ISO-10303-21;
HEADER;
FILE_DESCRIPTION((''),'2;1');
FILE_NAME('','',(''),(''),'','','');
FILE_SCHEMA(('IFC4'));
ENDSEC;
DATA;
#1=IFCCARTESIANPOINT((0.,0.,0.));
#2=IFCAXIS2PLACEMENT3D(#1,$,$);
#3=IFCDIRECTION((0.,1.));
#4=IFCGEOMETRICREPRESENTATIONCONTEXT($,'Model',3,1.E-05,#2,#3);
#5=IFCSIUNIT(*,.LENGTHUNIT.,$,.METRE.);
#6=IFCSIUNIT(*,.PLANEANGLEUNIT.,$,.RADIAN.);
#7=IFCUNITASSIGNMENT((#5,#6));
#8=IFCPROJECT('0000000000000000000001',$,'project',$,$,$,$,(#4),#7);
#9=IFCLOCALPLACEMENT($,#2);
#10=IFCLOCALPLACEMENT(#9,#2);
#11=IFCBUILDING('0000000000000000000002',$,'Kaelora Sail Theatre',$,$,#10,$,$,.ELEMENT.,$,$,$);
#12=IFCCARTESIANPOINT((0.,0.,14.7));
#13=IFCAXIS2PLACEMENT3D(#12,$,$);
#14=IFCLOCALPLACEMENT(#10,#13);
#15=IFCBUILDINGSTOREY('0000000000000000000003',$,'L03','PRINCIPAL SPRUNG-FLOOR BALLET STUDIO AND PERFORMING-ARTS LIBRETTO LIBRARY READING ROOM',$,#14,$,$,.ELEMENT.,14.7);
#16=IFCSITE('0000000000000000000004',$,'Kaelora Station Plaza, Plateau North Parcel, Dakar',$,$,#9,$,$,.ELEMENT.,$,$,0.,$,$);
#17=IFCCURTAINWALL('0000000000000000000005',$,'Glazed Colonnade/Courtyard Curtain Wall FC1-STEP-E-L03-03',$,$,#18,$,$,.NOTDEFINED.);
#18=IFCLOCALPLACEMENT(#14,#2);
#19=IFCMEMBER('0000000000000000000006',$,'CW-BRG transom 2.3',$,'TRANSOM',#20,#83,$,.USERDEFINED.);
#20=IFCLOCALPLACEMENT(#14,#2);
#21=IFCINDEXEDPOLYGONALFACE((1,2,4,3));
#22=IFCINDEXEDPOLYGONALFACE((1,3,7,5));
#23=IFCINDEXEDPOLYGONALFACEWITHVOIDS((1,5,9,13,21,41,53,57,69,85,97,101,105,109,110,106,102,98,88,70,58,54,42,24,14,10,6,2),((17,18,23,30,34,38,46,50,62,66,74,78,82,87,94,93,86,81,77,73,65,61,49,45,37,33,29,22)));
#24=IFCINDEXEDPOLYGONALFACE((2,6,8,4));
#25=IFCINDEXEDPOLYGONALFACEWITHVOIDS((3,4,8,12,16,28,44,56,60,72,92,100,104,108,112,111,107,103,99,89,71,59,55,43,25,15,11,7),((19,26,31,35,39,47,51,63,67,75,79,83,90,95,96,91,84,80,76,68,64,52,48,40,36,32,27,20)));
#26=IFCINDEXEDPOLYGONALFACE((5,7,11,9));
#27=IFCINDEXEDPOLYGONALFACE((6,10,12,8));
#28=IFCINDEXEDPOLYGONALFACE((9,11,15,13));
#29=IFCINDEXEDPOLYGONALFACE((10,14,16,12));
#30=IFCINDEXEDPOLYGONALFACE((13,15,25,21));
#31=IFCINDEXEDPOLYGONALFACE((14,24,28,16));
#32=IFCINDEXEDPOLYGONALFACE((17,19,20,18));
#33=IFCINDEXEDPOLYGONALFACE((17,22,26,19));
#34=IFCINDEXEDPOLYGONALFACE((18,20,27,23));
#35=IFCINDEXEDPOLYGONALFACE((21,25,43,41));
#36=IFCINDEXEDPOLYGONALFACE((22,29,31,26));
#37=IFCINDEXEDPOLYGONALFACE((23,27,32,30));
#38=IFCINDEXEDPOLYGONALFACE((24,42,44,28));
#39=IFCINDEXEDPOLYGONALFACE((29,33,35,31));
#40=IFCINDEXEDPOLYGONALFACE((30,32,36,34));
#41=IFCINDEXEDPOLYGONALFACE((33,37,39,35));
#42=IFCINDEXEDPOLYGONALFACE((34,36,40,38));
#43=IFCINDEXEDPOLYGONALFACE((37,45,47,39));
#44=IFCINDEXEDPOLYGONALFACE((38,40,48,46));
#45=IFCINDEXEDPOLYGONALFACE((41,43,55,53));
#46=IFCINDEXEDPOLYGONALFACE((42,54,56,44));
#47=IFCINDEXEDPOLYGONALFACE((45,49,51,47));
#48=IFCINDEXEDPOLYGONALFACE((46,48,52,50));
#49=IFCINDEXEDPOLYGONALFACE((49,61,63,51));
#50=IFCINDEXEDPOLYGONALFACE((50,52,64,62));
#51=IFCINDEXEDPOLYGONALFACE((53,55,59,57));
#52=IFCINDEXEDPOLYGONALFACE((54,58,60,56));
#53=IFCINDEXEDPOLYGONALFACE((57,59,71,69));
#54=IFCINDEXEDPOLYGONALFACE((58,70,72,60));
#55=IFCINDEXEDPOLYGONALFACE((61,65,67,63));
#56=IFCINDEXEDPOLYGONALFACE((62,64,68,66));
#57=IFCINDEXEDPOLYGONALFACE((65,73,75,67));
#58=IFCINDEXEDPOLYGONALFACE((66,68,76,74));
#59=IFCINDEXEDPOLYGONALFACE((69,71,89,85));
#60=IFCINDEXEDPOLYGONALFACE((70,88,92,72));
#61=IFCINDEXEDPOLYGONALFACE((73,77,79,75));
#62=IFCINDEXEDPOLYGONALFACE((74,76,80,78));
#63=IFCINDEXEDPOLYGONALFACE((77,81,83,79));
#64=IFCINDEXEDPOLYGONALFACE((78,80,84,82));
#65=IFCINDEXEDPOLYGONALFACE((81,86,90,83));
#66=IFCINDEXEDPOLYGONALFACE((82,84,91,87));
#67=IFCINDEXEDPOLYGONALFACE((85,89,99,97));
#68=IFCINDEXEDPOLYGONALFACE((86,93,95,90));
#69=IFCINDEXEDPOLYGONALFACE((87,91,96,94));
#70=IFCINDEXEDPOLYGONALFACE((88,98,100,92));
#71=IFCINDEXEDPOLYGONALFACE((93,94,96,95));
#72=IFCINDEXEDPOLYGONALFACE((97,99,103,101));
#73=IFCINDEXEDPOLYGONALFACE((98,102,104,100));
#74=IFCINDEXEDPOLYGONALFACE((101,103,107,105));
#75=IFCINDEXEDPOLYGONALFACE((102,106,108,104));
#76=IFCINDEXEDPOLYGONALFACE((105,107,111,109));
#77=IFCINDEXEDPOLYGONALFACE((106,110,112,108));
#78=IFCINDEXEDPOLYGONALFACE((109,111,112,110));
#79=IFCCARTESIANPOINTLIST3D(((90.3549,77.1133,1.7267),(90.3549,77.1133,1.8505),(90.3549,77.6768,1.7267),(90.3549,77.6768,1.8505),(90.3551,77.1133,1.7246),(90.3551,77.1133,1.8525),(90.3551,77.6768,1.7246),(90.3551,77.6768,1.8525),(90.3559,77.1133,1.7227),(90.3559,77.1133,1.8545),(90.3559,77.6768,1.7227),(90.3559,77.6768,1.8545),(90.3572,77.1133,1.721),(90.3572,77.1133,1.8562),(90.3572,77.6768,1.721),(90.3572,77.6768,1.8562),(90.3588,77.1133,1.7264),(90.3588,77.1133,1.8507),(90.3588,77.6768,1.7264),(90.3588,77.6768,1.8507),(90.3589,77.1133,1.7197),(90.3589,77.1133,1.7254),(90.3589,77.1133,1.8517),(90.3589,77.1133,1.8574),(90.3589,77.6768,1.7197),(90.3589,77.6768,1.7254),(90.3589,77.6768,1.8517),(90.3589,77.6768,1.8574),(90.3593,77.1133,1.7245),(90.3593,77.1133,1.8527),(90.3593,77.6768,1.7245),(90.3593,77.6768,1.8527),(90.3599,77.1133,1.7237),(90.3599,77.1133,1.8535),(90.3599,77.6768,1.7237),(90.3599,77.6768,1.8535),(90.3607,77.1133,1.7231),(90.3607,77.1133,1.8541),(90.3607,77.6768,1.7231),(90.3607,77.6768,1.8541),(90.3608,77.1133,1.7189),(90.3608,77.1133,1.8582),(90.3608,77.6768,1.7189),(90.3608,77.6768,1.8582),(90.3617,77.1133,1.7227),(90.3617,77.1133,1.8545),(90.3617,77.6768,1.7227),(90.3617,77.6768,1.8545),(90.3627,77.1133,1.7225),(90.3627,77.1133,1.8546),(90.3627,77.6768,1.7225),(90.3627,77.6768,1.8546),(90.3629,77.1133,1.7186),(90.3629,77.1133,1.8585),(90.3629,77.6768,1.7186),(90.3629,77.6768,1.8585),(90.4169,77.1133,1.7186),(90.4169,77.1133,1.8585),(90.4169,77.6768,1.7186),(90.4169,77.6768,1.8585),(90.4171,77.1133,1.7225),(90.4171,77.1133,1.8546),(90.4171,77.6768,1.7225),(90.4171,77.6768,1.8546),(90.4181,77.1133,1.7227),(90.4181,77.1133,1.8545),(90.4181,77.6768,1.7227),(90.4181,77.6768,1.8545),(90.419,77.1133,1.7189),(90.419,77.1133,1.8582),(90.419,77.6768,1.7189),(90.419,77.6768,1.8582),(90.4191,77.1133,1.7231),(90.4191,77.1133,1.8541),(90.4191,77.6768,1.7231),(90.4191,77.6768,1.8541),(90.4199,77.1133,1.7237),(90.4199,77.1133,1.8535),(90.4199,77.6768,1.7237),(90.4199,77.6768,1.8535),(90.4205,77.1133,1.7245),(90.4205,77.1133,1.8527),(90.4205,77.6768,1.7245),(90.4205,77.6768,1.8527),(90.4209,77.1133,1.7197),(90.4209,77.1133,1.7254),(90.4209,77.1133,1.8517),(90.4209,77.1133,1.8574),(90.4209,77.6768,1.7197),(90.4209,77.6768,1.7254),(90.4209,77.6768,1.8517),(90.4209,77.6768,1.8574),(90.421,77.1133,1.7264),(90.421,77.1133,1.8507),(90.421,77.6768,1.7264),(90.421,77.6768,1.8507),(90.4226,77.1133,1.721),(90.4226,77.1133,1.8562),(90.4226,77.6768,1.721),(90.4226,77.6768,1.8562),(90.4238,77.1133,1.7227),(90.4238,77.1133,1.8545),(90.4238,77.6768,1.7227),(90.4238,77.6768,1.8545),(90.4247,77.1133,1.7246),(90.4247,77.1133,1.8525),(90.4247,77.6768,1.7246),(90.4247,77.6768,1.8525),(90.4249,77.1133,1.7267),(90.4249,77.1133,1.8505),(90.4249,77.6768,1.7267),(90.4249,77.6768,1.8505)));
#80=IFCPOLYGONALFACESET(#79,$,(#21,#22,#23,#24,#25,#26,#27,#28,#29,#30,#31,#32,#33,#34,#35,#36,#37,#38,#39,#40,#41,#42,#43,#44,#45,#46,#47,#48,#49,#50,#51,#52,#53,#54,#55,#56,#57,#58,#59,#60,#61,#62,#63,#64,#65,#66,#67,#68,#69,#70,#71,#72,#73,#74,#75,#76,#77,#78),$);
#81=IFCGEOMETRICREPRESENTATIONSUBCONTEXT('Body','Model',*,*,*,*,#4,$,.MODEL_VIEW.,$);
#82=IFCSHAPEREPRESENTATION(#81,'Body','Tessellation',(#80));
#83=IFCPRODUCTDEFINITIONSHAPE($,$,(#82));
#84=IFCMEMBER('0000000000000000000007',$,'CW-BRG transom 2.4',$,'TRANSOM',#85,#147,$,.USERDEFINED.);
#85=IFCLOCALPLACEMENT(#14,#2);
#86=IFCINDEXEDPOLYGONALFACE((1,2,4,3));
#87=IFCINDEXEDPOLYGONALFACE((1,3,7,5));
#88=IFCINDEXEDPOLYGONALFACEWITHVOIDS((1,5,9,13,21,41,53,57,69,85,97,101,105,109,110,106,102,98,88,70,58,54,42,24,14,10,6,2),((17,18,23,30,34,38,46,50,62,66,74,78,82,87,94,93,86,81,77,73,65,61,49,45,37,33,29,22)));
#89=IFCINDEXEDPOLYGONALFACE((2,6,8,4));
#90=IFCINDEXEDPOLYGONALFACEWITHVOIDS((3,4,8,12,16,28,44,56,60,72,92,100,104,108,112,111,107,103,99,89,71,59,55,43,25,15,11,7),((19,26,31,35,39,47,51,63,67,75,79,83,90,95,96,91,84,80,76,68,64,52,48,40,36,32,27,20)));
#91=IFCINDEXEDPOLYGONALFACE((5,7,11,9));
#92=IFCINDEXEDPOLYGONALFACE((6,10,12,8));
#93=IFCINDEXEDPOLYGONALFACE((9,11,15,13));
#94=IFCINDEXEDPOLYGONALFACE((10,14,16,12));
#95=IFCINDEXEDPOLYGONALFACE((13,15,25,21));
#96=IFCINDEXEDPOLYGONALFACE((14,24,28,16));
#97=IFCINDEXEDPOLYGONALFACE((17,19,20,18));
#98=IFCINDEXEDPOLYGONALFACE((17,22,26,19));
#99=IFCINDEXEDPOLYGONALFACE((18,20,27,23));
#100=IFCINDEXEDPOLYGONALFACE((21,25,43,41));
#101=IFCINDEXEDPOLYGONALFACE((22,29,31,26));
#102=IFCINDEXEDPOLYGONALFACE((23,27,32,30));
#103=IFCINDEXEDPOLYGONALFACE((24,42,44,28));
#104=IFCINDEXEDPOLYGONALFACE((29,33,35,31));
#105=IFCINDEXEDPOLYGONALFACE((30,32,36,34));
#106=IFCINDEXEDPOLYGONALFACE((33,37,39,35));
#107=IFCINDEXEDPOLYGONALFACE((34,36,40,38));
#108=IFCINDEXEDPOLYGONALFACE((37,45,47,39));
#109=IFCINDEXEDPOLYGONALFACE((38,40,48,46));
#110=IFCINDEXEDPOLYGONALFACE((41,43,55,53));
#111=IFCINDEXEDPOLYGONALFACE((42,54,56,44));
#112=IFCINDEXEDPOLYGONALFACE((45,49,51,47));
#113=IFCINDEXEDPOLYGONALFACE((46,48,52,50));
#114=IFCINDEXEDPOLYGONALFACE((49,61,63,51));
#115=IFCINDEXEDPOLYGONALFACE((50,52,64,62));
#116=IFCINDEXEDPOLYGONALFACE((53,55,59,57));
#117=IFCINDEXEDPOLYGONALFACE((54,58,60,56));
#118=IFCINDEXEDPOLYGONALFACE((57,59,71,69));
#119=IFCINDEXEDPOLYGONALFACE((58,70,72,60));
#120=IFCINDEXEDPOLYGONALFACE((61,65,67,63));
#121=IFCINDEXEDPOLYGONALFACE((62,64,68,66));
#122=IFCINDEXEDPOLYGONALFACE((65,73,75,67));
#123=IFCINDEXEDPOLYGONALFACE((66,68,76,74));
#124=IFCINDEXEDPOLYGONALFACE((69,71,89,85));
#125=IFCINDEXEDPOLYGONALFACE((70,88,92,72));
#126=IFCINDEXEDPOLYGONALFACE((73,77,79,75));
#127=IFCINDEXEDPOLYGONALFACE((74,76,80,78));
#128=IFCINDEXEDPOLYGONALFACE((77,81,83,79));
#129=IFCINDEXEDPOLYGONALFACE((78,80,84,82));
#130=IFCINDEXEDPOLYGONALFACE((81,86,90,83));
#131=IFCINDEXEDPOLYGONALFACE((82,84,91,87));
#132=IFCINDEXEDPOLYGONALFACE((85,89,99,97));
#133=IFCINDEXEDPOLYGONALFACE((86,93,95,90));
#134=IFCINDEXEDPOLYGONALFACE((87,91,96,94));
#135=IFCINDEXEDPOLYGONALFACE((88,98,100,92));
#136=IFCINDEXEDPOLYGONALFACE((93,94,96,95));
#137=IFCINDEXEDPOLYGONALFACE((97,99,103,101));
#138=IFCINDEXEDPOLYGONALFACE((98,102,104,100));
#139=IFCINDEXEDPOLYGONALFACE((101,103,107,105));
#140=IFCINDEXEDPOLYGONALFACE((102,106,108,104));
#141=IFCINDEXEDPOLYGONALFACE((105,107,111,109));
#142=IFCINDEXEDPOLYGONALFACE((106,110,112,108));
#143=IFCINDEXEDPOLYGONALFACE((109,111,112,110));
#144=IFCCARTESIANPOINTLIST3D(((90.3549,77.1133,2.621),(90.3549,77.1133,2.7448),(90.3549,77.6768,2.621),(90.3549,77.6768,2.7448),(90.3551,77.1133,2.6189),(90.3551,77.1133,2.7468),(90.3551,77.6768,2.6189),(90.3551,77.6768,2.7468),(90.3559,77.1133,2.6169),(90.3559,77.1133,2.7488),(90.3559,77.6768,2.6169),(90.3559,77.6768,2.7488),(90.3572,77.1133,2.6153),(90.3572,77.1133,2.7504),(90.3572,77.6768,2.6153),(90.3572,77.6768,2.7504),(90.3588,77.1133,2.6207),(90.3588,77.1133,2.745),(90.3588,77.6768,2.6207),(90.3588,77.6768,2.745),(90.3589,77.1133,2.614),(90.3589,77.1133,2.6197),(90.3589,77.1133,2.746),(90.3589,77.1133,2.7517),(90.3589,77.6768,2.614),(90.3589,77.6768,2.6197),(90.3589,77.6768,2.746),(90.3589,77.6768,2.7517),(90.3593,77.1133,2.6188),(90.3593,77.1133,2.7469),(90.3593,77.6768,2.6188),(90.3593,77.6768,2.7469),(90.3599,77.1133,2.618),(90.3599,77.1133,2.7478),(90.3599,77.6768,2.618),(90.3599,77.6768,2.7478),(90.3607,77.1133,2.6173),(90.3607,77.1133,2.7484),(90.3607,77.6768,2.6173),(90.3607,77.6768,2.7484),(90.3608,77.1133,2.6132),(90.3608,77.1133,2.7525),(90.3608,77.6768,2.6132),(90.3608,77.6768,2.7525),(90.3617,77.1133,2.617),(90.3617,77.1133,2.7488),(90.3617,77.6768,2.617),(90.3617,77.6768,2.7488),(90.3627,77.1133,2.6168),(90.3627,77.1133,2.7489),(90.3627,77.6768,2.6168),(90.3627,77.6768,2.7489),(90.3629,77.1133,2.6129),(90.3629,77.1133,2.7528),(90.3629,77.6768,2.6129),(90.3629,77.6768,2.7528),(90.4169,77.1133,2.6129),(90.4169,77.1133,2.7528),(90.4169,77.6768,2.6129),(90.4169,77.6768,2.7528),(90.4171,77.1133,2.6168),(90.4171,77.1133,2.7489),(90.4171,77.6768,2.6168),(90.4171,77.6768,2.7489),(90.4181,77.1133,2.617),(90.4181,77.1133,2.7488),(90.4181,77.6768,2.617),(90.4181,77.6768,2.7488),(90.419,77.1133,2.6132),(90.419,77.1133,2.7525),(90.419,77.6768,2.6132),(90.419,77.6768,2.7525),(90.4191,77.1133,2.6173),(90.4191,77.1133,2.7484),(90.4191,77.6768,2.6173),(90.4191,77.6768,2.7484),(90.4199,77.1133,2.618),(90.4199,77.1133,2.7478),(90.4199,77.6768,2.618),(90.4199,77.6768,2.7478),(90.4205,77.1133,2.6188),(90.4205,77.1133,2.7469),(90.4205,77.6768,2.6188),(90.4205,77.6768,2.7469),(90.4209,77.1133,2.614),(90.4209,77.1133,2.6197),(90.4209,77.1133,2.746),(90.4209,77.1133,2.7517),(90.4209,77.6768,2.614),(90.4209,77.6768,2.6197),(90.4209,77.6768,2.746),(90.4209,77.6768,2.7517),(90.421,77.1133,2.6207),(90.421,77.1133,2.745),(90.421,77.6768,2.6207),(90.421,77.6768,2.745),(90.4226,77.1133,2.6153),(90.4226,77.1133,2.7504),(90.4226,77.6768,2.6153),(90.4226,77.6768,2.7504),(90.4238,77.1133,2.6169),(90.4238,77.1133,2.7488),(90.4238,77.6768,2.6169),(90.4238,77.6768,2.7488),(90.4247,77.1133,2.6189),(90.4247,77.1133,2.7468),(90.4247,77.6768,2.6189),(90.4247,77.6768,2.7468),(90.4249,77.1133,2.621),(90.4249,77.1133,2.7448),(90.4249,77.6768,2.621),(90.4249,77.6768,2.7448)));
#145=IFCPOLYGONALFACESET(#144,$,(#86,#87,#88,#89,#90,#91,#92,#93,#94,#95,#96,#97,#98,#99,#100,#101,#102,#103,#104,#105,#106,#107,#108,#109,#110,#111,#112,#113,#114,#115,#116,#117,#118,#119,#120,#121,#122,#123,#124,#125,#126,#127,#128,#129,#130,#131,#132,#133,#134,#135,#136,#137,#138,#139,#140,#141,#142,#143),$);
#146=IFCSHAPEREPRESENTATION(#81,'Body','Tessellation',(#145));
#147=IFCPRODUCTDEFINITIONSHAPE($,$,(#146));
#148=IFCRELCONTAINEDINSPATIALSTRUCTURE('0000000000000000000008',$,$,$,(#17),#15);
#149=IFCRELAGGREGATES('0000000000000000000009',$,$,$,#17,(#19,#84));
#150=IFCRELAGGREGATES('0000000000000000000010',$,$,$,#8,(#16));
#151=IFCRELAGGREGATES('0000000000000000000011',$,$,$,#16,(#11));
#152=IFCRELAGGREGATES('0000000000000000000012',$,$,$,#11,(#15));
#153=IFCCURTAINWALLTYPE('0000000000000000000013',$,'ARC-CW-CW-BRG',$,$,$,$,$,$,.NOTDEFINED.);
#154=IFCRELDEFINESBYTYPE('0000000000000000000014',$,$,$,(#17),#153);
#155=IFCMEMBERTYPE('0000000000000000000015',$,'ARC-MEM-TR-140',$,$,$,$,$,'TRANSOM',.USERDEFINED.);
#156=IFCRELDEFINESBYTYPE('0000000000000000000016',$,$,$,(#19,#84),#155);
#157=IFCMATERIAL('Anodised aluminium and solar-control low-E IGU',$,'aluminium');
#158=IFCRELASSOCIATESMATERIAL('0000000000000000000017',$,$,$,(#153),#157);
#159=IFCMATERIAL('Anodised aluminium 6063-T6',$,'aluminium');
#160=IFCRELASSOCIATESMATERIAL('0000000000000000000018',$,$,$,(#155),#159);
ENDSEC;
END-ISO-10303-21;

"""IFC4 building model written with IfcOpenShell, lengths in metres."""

from ifc_helpers import new_model, si_unit, direction, frame, origin, origin_2d, place, context, subcontext, project, spatial, hollow_rectangle, extrude, material, material_profile, profile_set, type_object, element, aggregate, save


model = new_model("IFC4")

# Units and contexts
model_context = context("Model", 3, precision=1e-05, world=origin(), true_north=direction((0.0, 1.0)))
body_context = subcontext(model_context, "Body", "Model", "MODEL_VIEW")
ifc_project = project(units=[si_unit("LENGTHUNIT", "METRE"), si_unit("PLANEANGLEUNIT", "RADIAN")], contexts=[model_context])

# Site, building, storey
site_placement = place(None, origin())
site = spatial("IfcSite", under=ifc_project, at=site_placement, Name="Kaelora Station Plaza, Plateau North Parcel, Dakar", CompositionType="ELEMENT", RefElevation=0.0)
building_placement = place(site_placement, origin())
building = spatial("IfcBuilding", under=site, at=building_placement, Name="Kaelora Sail Theatre", CompositionType="ELEMENT")
storey_placement = place(building_placement, frame((0.0, 0.0, 14.7)))
storey = spatial("IfcBuildingStorey", under=building, at=storey_placement, Name="L03", Description="PRINCIPAL SPRUNG-FLOOR BALLET STUDIO AND PERFORMING-ARTS LIBRETTO LIBRARY READING ROOM", CompositionType="ELEMENT", Elevation=14.7)

# Curtain wall, members
ifc_material_1 = material(Name="Anodised aluminium and solar-control low-E IGU", Category="aluminium")
curtain_wall_type = type_object("IfcCurtainWallType", Name="ARC-CW-CW-BRG", PredefinedType="NOTDEFINED", material=ifc_material_1)
curtain_wall_placement = place(storey_placement, origin())
curtain_wall = element("IfcCurtainWall", 1, at=curtain_wall_placement, inside=storey, type_object=curtain_wall_type, Name="Glazed Colonnade/Courtyard Curtain Wall FC1-STEP-E-L03-03", PredefinedType="NOTDEFINED")
ifc_material_2 = material(Name="Anodised aluminium 6063-T6", Category="aluminium")
ifc_material_profile_1 = material_profile(ifc_material_2, hollow_rectangle(XDim=0.0701, YDim=0.1399, WallThickness=0.0039, InnerFilletRadius=0.0039, OuterFilletRadius=0.0081, at=origin_2d()), Name="ALU-TRAN 70x140x4")
ifc_profile_set_1 = profile_set([ifc_material_profile_1], Name="Anodised aluminium 6063-T6")
member_type_1 = type_object("IfcMemberType", Name="ARC-MEM-TR-140", ElementType="TRANSOM", PredefinedType="USERDEFINED", material=ifc_profile_set_1)
member_1_placement = place(storey_placement, frame((90.3899, 77.1133, 1.7886), z_axis=(0.0, 1.0, 0.0), x_axis=(-1.0, 0.0, 0.0)))
member_1 = element("IfcMember", 2, at=member_1_placement, type_object=member_type_1, Name="CW-BRG transom 2.3", ObjectType="TRANSOM", PredefinedType="USERDEFINED", context=body_context, shape_type="SweptSolid", body=[
    extrude(hollow_rectangle(XDim=0.0701, YDim=0.1399, WallThickness=0.0039, InnerFilletRadius=0.0039, OuterFilletRadius=0.0081, at=origin_2d()), origin(), (0.0, 0.0, 1.0), 0.5635),
])
member_2_placement = place(storey_placement, frame((90.3899, 77.1133, 2.6829), z_axis=(0.0, 1.0, 0.0), x_axis=(-1.0, 0.0, 0.0)))
member_2 = element("IfcMember", 3, at=member_2_placement, type_object=member_type_1, Name="CW-BRG transom 2.4", ObjectType="TRANSOM", PredefinedType="USERDEFINED", context=body_context, shape_type="SweptSolid", body=[
    extrude(hollow_rectangle(XDim=0.0701, YDim=0.1399, WallThickness=0.0039, InnerFilletRadius=0.0039, OuterFilletRadius=0.0081, at=origin_2d()), origin(), (0.0, 0.0, 1.0), 0.5635),
])
aggregate(curtain_wall, [member_1, member_2])

save(model, "model.ifc")
